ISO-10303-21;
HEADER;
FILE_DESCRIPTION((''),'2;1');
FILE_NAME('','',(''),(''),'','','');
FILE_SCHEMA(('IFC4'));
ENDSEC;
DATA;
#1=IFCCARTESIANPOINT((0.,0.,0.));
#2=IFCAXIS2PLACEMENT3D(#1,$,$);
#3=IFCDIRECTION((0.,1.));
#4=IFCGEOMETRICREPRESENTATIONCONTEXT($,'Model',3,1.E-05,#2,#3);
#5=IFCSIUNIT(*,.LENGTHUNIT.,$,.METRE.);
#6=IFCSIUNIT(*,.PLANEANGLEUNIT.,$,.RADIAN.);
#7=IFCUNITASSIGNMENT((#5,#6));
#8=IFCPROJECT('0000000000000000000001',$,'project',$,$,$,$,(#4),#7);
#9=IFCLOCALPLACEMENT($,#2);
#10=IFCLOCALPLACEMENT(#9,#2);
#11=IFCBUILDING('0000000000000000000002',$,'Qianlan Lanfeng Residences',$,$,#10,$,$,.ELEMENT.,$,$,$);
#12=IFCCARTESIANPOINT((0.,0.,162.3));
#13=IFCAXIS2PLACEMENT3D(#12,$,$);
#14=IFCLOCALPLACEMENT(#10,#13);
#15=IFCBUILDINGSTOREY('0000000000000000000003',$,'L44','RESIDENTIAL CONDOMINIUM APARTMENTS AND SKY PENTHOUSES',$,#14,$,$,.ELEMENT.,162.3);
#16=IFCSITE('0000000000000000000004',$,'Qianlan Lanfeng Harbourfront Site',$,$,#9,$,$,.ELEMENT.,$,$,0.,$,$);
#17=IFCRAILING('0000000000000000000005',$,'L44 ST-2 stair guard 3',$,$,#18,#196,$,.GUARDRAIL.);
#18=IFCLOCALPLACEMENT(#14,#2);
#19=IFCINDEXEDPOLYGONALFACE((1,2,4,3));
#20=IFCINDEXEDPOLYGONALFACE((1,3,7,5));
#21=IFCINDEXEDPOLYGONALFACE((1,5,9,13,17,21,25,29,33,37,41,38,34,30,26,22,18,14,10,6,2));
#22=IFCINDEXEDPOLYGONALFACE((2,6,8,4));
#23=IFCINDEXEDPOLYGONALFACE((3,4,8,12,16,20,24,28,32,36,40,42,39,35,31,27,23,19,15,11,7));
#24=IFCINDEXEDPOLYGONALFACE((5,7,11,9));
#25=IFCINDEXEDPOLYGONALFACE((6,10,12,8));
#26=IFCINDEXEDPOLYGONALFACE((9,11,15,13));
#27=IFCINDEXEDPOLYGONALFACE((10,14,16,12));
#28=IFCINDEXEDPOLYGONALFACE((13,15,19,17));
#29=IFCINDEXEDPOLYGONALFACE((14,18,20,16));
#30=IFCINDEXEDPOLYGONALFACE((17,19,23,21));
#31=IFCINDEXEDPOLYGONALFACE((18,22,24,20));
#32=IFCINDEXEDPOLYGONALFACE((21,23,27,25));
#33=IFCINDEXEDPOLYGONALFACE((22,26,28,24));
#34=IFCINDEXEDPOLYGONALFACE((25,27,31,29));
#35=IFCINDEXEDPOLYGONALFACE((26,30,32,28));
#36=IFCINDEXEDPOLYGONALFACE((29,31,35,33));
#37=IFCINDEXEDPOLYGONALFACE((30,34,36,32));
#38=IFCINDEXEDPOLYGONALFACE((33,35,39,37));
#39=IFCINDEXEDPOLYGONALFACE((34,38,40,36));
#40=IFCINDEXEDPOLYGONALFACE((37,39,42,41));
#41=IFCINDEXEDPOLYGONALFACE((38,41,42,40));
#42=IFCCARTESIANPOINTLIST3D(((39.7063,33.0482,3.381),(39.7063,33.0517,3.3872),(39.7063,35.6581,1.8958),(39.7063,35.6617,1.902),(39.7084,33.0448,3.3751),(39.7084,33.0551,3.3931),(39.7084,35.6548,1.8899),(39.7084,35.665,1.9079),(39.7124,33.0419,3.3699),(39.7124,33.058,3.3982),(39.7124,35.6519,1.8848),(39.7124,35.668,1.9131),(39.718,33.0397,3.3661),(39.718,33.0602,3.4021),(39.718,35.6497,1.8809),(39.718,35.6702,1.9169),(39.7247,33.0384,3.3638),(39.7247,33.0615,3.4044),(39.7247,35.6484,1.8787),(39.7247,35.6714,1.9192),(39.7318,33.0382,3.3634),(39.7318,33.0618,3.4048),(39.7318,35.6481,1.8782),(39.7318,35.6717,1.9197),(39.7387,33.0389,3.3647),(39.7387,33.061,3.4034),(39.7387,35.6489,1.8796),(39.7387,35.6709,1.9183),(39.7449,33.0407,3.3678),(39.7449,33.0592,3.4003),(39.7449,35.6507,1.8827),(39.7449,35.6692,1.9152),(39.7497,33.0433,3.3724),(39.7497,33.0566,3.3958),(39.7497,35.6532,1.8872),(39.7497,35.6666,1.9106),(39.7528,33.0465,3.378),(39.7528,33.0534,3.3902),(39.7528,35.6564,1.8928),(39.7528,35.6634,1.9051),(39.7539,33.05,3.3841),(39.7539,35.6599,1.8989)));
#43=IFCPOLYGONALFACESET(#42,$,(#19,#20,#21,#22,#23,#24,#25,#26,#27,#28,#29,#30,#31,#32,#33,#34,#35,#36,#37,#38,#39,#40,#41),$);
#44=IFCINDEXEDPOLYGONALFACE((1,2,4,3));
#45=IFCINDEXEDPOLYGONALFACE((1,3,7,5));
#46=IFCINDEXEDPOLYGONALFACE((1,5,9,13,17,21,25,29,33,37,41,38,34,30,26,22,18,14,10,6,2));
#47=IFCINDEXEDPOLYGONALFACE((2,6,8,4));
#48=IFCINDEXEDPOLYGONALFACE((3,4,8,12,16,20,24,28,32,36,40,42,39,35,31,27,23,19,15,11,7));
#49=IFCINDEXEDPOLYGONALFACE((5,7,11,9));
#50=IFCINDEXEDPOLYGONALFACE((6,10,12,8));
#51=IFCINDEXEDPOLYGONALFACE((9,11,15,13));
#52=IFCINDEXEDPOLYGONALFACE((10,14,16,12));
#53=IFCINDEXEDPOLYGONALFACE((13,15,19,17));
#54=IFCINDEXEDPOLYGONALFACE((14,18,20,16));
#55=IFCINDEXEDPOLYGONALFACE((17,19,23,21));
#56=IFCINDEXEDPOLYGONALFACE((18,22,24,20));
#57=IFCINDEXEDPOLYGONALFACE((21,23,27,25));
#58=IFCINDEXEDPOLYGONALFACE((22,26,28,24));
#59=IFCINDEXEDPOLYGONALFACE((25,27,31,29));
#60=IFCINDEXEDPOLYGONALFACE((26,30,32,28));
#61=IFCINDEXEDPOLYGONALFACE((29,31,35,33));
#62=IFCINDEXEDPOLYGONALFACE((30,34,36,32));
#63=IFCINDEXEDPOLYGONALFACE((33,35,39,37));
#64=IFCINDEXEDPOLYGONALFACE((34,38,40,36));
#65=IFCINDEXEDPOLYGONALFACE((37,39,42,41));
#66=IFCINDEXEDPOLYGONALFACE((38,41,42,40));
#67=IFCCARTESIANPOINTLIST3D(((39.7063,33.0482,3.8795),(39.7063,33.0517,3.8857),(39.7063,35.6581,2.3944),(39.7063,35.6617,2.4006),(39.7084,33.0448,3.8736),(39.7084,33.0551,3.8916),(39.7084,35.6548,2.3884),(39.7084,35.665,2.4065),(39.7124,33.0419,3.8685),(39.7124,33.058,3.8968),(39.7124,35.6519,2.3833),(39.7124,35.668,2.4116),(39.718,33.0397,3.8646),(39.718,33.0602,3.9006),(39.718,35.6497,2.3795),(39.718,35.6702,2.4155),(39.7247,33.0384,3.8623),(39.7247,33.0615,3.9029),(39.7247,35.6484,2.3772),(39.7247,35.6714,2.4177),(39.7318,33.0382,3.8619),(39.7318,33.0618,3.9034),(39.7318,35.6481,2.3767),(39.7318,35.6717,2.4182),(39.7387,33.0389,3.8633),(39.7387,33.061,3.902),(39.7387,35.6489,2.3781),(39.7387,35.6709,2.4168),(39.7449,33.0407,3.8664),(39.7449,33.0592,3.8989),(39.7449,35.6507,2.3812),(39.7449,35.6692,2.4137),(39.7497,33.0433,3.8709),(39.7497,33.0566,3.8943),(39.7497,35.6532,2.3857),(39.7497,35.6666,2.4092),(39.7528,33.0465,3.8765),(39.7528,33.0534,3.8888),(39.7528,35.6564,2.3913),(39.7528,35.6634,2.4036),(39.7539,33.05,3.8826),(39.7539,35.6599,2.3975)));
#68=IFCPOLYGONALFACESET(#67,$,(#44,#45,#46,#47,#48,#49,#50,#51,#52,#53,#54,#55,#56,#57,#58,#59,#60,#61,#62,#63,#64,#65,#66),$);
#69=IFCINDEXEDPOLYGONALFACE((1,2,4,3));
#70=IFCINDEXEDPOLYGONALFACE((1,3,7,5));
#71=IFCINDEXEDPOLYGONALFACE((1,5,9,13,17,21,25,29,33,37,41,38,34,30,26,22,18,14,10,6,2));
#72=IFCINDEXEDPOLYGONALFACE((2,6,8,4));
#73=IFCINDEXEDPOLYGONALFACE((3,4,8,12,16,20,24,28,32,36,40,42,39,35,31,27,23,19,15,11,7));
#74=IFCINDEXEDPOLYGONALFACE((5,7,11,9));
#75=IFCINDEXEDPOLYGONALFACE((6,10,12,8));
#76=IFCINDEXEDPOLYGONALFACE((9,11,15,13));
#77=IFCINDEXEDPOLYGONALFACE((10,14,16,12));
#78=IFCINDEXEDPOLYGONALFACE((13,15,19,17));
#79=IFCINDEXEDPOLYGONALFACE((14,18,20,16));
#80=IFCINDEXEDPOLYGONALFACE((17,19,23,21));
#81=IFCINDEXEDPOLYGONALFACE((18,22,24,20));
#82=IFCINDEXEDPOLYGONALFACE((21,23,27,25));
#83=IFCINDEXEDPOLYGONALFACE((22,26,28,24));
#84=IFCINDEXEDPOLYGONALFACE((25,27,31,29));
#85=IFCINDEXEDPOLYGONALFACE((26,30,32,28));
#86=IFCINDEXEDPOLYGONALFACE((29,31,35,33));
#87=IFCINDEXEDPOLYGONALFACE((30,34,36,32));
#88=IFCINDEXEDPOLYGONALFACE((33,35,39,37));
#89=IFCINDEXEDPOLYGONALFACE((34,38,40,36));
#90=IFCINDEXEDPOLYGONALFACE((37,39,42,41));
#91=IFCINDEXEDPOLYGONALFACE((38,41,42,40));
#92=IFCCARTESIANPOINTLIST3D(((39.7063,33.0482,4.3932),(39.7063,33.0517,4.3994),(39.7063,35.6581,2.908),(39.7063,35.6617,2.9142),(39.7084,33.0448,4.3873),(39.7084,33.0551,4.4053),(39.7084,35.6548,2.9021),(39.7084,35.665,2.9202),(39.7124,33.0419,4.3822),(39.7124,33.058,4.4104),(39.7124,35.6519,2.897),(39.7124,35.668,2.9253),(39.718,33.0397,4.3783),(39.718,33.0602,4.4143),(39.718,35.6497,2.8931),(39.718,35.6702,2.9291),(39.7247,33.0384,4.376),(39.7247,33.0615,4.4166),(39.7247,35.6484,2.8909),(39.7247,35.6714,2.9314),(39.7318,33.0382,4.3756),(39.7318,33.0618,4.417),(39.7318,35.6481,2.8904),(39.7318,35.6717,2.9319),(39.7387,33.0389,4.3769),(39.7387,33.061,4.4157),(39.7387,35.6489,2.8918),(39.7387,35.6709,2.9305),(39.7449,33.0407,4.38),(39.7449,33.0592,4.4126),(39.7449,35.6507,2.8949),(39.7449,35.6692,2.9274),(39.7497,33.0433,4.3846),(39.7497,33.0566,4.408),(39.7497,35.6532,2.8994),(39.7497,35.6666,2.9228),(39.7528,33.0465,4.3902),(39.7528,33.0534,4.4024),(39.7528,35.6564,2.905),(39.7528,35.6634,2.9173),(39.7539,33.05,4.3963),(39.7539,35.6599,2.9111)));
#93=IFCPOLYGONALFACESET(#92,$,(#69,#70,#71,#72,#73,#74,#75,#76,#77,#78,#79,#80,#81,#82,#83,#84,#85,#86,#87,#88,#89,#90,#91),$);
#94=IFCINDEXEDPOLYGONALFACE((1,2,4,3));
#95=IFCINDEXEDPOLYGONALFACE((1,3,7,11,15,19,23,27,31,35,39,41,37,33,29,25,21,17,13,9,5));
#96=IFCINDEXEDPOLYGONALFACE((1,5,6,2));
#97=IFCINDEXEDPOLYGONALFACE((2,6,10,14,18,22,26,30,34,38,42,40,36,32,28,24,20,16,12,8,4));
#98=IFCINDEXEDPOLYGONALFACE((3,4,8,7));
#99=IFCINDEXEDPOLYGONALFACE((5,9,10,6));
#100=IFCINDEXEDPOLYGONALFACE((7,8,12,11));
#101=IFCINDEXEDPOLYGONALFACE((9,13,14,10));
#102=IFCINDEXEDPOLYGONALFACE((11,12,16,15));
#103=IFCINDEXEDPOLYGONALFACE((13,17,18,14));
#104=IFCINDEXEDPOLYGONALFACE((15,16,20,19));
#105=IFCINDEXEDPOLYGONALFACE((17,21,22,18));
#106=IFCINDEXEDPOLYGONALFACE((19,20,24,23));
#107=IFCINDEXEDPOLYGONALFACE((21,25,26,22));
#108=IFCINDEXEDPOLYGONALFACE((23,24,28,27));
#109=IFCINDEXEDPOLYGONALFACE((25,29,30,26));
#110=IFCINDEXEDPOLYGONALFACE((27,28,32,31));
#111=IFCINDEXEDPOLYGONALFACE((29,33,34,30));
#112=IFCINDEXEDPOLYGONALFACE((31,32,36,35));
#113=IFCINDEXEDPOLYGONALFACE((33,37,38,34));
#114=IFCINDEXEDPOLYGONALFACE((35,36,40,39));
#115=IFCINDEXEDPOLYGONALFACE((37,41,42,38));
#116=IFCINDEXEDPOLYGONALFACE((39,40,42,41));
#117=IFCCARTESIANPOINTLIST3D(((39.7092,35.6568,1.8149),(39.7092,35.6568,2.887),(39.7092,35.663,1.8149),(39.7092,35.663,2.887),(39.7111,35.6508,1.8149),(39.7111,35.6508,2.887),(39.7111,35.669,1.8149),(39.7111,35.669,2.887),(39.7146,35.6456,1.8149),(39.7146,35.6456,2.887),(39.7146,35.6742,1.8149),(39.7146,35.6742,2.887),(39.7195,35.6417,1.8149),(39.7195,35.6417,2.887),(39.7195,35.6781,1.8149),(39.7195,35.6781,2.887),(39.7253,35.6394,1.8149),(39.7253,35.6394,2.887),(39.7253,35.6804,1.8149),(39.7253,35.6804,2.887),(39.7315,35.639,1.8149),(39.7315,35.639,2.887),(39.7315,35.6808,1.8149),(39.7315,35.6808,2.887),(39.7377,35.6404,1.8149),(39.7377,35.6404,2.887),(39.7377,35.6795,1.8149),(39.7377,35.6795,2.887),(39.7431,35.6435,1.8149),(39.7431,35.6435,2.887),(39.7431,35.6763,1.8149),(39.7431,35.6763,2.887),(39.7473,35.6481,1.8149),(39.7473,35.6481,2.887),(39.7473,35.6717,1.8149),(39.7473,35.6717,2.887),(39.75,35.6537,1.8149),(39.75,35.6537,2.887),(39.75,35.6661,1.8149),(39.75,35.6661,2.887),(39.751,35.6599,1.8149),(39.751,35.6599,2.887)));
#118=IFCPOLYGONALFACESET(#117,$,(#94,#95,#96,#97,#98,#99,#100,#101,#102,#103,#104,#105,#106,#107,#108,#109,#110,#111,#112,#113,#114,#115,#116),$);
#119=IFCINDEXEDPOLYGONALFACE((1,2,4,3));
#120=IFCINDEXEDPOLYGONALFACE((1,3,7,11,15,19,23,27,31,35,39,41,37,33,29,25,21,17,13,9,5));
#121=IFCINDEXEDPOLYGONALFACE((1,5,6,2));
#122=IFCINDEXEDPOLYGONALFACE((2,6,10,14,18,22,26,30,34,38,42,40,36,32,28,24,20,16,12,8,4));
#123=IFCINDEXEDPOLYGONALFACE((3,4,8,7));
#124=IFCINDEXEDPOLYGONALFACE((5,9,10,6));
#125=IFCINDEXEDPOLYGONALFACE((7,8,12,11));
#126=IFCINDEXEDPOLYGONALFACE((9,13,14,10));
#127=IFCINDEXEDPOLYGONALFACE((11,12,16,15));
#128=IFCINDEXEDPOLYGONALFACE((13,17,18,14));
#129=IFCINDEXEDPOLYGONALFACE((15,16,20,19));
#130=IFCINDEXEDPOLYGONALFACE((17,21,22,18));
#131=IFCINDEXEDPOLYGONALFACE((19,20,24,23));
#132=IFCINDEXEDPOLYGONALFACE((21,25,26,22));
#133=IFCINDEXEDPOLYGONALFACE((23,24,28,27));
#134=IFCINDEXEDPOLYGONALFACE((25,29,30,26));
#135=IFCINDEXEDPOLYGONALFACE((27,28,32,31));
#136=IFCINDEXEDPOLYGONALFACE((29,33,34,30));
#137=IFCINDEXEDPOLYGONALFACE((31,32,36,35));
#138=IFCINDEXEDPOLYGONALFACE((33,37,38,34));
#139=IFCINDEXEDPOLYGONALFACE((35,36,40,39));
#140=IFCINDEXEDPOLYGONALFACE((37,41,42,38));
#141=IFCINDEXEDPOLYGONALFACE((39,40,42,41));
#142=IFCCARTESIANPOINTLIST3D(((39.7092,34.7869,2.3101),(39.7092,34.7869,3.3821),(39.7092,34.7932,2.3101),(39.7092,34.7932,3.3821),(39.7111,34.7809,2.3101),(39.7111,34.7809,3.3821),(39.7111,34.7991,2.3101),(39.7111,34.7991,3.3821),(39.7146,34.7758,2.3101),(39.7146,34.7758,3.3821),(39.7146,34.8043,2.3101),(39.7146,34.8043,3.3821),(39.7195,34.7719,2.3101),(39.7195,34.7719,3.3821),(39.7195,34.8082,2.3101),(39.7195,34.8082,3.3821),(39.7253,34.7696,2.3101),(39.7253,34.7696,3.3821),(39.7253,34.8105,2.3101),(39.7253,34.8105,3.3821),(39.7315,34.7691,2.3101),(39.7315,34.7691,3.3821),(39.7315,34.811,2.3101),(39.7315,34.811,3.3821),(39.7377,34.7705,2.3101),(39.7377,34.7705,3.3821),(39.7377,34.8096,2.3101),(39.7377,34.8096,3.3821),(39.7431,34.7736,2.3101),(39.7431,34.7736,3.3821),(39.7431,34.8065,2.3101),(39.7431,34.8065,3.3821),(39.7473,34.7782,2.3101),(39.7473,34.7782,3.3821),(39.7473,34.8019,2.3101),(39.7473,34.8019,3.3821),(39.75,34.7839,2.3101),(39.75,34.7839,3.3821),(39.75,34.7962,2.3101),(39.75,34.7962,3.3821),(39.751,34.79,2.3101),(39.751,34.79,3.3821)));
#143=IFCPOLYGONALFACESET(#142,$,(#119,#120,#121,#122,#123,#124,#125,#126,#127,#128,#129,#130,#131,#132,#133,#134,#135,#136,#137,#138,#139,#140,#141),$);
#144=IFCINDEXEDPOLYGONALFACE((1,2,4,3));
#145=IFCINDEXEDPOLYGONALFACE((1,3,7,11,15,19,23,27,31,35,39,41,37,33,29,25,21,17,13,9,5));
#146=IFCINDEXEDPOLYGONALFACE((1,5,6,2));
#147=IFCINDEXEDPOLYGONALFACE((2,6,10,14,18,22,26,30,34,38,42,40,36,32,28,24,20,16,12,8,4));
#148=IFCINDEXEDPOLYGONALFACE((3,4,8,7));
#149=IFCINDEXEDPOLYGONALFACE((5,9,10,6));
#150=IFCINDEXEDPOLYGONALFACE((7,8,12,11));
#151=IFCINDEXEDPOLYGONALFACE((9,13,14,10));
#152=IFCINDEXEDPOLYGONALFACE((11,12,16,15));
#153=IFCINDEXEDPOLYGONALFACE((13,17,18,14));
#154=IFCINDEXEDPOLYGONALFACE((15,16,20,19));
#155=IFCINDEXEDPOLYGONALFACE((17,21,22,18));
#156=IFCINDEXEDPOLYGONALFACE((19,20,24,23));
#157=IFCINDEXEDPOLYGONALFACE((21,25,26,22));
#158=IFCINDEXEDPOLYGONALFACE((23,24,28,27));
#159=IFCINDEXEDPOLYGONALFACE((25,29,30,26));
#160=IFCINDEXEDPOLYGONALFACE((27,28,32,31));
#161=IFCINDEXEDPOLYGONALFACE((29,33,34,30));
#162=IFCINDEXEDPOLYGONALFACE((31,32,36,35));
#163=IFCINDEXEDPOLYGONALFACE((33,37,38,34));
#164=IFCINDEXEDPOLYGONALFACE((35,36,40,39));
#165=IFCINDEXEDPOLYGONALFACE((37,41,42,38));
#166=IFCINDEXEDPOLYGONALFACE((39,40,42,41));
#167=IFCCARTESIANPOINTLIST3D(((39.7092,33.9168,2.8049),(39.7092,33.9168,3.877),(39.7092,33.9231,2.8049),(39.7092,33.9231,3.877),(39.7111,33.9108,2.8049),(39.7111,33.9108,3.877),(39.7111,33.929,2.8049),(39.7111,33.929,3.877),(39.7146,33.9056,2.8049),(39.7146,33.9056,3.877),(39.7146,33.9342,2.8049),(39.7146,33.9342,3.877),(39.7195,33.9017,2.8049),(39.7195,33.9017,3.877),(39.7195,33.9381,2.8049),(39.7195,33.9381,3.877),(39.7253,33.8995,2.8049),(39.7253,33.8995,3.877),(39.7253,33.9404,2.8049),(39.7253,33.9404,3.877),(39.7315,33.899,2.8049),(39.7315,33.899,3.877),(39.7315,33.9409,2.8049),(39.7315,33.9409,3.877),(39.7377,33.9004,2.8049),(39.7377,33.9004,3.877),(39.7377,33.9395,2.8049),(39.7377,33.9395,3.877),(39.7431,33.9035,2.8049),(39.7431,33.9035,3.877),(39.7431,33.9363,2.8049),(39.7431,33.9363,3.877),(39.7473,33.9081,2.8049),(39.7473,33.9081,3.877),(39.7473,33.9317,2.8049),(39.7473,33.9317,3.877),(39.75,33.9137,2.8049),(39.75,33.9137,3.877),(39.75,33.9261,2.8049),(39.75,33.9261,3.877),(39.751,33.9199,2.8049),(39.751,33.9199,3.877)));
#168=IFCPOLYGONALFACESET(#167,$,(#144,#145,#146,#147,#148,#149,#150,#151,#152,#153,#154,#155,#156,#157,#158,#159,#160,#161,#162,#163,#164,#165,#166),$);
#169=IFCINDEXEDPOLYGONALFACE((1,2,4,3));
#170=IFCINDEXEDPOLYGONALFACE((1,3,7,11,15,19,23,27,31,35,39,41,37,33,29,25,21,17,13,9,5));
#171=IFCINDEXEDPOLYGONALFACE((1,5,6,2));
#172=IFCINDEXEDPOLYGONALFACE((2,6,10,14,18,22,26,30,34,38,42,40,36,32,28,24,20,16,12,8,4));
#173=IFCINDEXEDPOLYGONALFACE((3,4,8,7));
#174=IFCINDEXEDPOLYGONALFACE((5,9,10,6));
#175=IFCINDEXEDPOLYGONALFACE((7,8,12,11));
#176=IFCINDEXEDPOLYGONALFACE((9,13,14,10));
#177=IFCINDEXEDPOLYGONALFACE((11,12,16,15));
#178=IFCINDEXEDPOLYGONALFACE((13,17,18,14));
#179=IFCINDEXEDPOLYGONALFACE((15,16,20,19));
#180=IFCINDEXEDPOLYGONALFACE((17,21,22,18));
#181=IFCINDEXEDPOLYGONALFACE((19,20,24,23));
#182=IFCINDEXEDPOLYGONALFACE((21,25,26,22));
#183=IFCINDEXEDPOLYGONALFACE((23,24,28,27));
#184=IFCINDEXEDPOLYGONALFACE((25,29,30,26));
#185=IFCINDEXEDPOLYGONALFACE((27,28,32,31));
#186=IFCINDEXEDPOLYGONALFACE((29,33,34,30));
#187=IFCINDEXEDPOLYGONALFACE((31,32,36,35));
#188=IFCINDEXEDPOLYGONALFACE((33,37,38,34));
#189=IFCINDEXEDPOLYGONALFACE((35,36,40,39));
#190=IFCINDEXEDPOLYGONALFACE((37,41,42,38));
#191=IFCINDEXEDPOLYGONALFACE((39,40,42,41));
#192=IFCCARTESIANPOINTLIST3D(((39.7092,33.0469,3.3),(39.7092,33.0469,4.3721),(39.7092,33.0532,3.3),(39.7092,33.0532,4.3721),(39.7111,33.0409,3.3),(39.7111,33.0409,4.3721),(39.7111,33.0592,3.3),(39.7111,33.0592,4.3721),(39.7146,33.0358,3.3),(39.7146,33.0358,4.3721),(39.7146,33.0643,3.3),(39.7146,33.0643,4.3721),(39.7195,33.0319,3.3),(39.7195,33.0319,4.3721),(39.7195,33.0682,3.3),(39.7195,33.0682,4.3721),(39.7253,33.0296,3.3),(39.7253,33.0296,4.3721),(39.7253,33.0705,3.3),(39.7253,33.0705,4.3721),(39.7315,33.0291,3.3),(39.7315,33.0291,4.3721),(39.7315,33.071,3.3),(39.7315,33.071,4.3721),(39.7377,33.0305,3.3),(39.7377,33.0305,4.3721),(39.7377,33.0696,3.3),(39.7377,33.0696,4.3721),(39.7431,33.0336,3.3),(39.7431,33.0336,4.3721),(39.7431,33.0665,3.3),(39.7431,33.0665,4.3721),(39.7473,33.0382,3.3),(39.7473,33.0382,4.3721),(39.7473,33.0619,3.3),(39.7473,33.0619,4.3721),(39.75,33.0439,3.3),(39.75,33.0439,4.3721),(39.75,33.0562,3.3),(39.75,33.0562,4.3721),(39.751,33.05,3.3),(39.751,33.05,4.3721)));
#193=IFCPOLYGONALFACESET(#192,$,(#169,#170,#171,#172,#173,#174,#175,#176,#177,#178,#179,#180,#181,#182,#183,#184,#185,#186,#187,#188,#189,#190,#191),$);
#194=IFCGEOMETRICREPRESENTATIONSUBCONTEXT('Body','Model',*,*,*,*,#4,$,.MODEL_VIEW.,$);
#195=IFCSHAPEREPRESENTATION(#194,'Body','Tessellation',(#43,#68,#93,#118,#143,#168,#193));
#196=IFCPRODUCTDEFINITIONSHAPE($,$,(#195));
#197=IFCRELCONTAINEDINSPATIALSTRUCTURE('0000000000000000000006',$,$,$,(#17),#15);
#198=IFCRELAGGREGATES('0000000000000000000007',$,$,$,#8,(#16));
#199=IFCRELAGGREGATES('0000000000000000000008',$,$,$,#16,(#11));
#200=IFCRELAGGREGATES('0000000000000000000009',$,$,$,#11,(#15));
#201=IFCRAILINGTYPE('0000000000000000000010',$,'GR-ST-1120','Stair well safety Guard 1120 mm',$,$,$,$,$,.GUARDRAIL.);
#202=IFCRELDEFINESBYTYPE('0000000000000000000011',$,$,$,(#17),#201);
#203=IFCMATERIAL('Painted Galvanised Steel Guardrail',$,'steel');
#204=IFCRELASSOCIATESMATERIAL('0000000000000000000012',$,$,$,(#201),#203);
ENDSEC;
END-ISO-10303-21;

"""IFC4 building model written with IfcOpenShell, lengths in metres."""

from ifc_helpers import new_model, si_unit, direction, frame, origin, origin_2d, place, context, subcontext, project, spatial, circle, extrude, material, type_object, element, save


model = new_model("IFC4")

# Units and contexts
model_context = context("Model", 3, precision=1e-05, world=origin(), true_north=direction((0.0, 1.0)))
body_context = subcontext(model_context, "Body", "Model", "MODEL_VIEW")
ifc_project = project(units=[si_unit("LENGTHUNIT", "METRE"), si_unit("PLANEANGLEUNIT", "RADIAN")], contexts=[model_context])

# Site, building, storey
site_placement = place(None, origin())
site = spatial("IfcSite", under=ifc_project, at=site_placement, Name="Qianlan Lanfeng Harbourfront Site", CompositionType="ELEMENT", RefElevation=0.0)
building_placement = place(site_placement, origin())
building = spatial("IfcBuilding", under=site, at=building_placement, Name="Qianlan Lanfeng Residences", CompositionType="ELEMENT")
storey_placement = place(building_placement, frame((0.0, 0.0, 162.3)))
storey = spatial("IfcBuildingStorey", under=building, at=storey_placement, Name="L44", Description="RESIDENTIAL CONDOMINIUM APARTMENTS AND SKY PENTHOUSES", CompositionType="ELEMENT", Elevation=162.3)

# Railing
ifc_material_1 = material(Name="Painted Galvanised Steel Guardrail", Category="steel")
railing_type_1 = type_object("IfcRailingType", Name="GR-ST-1120", Description="Stair well safety Guard 1120 mm", PredefinedType="GUARDRAIL", material=ifc_material_1)
railing_1_placement = place(storey_placement, frame((39.73, 35.6599, 1.8149)))
element("IfcRailing", 1, at=railing_1_placement, inside=storey, type_object=railing_type_1, Name="L44 ST-2 stair guard 3", PredefinedType="GUARDRAIL", context=body_context, shape_type="SweptSolid", body=[
    extrude(circle(Radius=0.0239, at=origin_2d()), frame((0.0, 0.0, 0.084), z_axis=(0.0, -0.869137, 0.494571), x_axis=(1.0, 0.0, 0.0)), (0.0, 0.0, 1.0), 3.0029),
    extrude(circle(Radius=0.0239, at=origin_2d()), frame((0.0, 0.0, 0.5825), z_axis=(0.0, -0.869137, 0.494571), x_axis=(1.0, 0.0, 0.0)), (0.0, 0.0, 1.0), 3.0029),
    extrude(circle(Radius=0.0239, at=origin_2d()), frame((0.0, 0.0, 1.0962), z_axis=(0.0, -0.869137, 0.494571), x_axis=(1.0, 0.0, 0.0)), (0.0, 0.0, 1.0), 3.0029),
    extrude(circle(Radius=0.021, at=origin_2d()), origin(), (0.0, 0.0, 1.0), 1.072),
    extrude(circle(Radius=0.021, at=origin_2d()), frame((0.0, -0.8699, 0.4951)), (0.0, 0.0, 1.0), 1.072),
    extrude(circle(Radius=0.021, at=origin_2d()), frame((0.0, -1.74, 0.99)), (0.0, 0.0, 1.0), 1.072),
    extrude(circle(Radius=0.021, at=origin_2d()), frame((0.0, -2.6099, 1.4851)), (0.0, 0.0, 1.0), 1.072),
])

save(model, "model.ifc")
